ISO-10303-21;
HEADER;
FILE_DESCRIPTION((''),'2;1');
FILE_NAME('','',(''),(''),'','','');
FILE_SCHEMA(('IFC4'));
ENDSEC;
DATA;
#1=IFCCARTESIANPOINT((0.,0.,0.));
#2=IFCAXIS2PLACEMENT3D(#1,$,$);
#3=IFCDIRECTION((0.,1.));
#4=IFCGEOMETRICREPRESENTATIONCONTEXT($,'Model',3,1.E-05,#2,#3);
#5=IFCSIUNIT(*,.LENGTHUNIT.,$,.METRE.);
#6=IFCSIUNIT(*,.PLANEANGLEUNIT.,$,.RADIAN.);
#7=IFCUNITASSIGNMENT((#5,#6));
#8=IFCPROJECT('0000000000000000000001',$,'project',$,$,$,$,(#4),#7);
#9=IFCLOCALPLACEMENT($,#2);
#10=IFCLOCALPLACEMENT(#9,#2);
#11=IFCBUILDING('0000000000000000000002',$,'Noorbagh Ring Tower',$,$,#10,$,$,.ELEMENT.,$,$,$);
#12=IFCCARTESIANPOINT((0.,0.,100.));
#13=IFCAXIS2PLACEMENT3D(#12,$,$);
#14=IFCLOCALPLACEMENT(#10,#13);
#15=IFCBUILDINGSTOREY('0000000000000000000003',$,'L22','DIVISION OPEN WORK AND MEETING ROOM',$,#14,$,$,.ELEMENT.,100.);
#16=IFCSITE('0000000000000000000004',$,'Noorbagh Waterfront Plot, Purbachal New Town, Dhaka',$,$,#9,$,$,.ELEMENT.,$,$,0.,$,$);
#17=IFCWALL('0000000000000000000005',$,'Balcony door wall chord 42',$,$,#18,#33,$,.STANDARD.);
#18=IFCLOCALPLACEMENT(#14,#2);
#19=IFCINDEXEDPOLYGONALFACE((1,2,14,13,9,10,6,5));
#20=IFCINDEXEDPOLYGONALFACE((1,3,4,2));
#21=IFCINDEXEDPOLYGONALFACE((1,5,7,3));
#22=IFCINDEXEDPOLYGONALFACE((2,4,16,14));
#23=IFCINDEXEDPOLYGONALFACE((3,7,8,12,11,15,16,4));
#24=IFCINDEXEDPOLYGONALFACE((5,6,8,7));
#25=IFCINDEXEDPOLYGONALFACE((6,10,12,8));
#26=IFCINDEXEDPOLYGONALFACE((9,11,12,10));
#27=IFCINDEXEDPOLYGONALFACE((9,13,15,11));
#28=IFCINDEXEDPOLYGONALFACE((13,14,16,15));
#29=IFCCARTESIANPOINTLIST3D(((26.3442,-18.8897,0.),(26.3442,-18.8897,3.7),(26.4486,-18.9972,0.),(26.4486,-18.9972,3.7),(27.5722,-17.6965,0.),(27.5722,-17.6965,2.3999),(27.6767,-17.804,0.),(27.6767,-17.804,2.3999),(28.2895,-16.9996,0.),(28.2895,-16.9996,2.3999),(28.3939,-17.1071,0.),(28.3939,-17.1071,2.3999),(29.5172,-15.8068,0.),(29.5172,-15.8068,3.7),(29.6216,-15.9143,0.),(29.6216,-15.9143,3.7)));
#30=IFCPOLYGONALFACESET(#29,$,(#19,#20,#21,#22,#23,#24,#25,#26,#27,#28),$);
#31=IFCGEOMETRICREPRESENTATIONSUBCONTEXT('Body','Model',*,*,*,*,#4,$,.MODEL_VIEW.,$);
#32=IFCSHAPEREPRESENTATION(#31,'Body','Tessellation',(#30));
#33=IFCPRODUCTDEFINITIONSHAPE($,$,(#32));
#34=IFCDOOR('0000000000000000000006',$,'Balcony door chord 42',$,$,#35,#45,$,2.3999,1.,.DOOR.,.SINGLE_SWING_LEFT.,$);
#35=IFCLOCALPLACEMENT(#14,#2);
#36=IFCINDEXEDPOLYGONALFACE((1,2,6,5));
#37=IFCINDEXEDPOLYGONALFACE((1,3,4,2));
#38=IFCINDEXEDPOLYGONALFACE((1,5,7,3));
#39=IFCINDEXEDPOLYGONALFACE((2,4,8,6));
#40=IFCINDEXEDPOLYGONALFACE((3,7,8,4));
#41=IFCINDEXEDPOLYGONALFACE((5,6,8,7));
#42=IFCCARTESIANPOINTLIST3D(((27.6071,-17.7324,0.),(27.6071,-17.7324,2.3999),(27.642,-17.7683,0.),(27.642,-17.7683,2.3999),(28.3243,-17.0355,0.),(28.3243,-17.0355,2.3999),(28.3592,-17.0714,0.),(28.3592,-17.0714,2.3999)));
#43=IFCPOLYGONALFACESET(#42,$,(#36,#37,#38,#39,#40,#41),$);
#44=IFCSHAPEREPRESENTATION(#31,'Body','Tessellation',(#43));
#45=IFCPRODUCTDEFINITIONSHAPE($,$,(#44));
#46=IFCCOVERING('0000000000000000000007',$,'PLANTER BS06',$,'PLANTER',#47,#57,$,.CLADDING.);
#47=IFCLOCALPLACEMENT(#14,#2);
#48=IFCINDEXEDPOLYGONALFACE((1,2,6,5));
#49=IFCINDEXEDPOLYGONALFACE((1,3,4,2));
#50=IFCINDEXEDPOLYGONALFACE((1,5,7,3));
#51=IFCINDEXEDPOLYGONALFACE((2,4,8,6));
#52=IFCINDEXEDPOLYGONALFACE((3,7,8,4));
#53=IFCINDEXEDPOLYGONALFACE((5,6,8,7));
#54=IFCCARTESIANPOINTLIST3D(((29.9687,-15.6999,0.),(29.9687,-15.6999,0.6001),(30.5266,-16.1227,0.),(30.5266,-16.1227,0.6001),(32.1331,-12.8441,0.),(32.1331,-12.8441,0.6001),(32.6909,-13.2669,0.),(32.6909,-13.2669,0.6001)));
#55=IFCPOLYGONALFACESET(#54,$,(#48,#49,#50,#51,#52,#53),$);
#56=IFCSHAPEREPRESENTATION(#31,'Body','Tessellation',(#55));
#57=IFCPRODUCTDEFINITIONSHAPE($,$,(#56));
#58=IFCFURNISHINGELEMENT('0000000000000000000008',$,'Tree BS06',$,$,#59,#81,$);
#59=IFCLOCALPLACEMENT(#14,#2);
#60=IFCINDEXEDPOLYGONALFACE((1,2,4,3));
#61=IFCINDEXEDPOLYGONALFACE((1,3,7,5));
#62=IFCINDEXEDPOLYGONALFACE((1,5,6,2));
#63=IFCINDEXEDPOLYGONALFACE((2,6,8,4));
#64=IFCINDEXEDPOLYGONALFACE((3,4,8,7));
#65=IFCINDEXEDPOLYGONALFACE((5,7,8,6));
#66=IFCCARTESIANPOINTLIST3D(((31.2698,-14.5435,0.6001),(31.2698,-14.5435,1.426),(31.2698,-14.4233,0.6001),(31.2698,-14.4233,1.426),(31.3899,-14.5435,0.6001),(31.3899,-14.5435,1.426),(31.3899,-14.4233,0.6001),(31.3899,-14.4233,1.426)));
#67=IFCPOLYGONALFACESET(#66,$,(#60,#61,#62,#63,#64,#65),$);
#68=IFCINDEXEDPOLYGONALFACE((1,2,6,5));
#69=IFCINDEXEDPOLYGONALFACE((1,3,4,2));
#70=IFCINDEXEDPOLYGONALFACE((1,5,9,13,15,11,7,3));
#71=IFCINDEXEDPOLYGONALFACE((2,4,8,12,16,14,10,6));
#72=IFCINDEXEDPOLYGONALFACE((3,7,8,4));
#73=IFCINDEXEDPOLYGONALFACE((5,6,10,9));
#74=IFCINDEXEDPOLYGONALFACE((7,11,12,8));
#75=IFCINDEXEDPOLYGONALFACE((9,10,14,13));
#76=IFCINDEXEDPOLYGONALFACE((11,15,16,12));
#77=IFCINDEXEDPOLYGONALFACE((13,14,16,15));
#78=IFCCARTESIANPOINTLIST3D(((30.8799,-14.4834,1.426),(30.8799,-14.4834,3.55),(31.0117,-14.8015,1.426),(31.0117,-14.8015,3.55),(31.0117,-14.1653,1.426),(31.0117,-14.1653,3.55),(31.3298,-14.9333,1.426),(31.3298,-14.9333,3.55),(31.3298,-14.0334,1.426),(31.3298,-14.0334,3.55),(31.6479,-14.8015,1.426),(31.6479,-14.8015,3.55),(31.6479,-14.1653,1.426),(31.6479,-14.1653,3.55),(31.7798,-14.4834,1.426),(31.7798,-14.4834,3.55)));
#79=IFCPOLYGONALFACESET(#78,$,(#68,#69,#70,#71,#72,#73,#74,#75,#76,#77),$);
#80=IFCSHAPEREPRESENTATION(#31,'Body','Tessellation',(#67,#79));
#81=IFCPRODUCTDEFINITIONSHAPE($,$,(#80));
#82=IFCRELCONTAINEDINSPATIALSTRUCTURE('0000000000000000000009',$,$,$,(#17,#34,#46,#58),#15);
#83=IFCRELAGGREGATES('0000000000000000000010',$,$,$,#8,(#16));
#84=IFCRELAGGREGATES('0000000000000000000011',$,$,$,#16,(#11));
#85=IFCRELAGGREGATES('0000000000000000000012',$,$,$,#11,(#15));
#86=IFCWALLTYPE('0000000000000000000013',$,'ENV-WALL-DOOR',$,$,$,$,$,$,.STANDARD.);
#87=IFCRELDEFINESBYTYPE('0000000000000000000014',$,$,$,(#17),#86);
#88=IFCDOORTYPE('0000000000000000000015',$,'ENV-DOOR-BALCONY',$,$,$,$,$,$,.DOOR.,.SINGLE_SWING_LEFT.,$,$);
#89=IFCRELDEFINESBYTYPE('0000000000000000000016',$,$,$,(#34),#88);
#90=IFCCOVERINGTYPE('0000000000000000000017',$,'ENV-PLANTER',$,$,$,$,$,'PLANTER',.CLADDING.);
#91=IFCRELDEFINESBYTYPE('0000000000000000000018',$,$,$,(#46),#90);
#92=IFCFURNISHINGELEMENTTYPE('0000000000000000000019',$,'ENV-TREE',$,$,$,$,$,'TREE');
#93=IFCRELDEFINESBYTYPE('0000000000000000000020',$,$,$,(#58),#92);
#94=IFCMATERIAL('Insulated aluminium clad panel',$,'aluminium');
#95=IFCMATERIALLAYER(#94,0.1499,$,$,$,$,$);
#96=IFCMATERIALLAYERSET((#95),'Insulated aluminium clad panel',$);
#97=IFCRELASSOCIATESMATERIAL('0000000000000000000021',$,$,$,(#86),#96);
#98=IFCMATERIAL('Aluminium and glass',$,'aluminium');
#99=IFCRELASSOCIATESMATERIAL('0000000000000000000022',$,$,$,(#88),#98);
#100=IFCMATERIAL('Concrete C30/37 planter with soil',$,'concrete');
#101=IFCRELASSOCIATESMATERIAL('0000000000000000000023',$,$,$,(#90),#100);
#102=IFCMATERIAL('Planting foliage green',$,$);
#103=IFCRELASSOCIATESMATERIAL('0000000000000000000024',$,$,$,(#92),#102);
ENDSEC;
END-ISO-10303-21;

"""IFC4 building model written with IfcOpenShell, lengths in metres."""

from ifc_helpers import new_model, si_unit, direction, frame, frame_2d, origin, origin_2d, place, context, subcontext, project, spatial, polyline, rectangle, outline, extrude, material, layer, layer_set, type_object, element, fill, save


model = new_model("IFC4")

# Units and contexts
model_context = context("Model", 3, precision=1e-05, world=origin(), true_north=direction((0.0, 1.0)))
body_context = subcontext(model_context, "Body", "Model", "MODEL_VIEW")
ifc_project = project(units=[si_unit("LENGTHUNIT", "METRE"), si_unit("PLANEANGLEUNIT", "RADIAN")], contexts=[model_context])

# Site, building, storey
site_placement = place(None, origin())
site = spatial("IfcSite", under=ifc_project, at=site_placement, Name="Noorbagh Waterfront Plot, Purbachal New Town, Dhaka", CompositionType="ELEMENT", RefElevation=0.0)
building_placement = place(site_placement, origin())
building = spatial("IfcBuilding", under=site, at=building_placement, Name="Noorbagh Ring Tower", CompositionType="ELEMENT")
storey_placement = place(building_placement, frame((0.0, 0.0, 100.0)))
storey = spatial("IfcBuildingStorey", under=building, at=storey_placement, Name="L22", Description="DIVISION OPEN WORK AND MEETING ROOM", CompositionType="ELEMENT", Elevation=100.0)

# Wall, opening, door
ifc_material_1 = material(Name="Insulated aluminium clad panel", Category="aluminium")
ifc_layer_1 = layer(ifc_material_1, 0.1499)
ifc_layer_set_1 = layer_set([ifc_layer_1], Name="Insulated aluminium clad panel")
wall_type_1 = type_object("IfcWallType", Name="ENV-WALL-DOOR", PredefinedType="STANDARD", material=ifc_layer_set_1)
wall_1_placement = place(storey_placement, frame((26.3965, -18.9434, 0.0), z_axis=(0.0, 0.0, 1.0), x_axis=(0.717215, 0.696852, 0.0)))
wall_1 = element("IfcWall", 1, at=wall_1_placement, inside=storey, type_object=wall_type_1, Name="Balcony door wall chord 42", PredefinedType="STANDARD", context=body_context, shape_type="SweptSolid", body=[
    extrude(rectangle(XDim=4.4241, YDim=0.1499, at=frame_2d((2.2119, 0.0))), origin(), (0.0, 0.0, 1.0), 3.7),
])
opening_placement = place(wall_1_placement, frame((1.7122, 0.0, 0.0)))
opening = element("IfcOpeningElement", 2, at=opening_placement, cuts=wall_1, PredefinedType="OPENING", context=body_context, shape_type="SweptSolid", body=[
    extrude(rectangle(XDim=1.0, YDim=2.3999, at=frame_2d((0.5, 1.2))), frame((0.0, 0.085, 0.0), z_axis=(0.0, -1.0, 0.0), x_axis=(1.0, 0.0, 0.0)), (0.0, 0.0, 1.0), 0.1699),
])
ifc_material_2 = material(Name="Aluminium and glass", Category="aluminium")
door_type = type_object("IfcDoorType", Name="ENV-DOOR-BALCONY", OperationType="SINGLE_SWING_LEFT", PredefinedType="DOOR", material=ifc_material_2)
door_placement = place(opening_placement, origin())
door = element("IfcDoor", 3, at=door_placement, inside=storey, type_object=door_type, Name="Balcony door chord 42", OperationType="SINGLE_SWING_LEFT", OverallHeight=2.3999, OverallWidth=1.0, PredefinedType="DOOR", context=body_context, shape_type="SweptSolid", body=[
    extrude(rectangle(XDim=1.0, YDim=2.3999, at=frame_2d((0.5, 1.2))), frame((0.0, 0.0249, 0.0), z_axis=(0.0, -1.0, 0.0), x_axis=(1.0, 0.0, 0.0)), (0.0, 0.0, 1.0), 0.05),
])
fill(opening, door)

# Covering
ifc_material_3 = material(Name="Concrete C30/37 planter with soil", Category="concrete")
covering_type = type_object("IfcCoveringType", Name="ENV-PLANTER", ElementType="PLANTER", PredefinedType="CLADDING", material=ifc_material_3)
covering_placement = place(storey_placement, frame((31.3298, -14.4834, 0.0), z_axis=(0.0, 0.0, 1.0), x_axis=(0.60402, 0.796969, 0.0)))
element("IfcCovering", 4, at=covering_placement, inside=storey, type_object=covering_type, Name="PLANTER BS06", ObjectType="PLANTER", PredefinedType="CLADDING", context=body_context, shape_type="SweptSolid", body=[
    extrude(rectangle(XDim=3.5833, YDim=0.7, at=origin_2d()), origin(), (0.0, 0.0, 1.0), 0.6001),
])

# Furnishing element
ifc_material_4 = material(Name="Planting foliage green")
furnishing_element_type = type_object("IfcFurnishingElementType", Name="ENV-TREE", ElementType="TREE", material=ifc_material_4)
furnishing_placement = place(storey_placement, frame((31.3298, -14.4834, 0.6001), z_axis=(0.0, 0.0, 1.0), x_axis=(1.0, 0.0, 0.0)))
element("IfcFurnishingElement", 5, at=furnishing_placement, inside=storey, type_object=furnishing_element_type, Name="Tree BS06", context=body_context, shape_type="SweptSolid", body=[
    extrude(rectangle(XDim=0.1201, YDim=0.1201, at=origin_2d()), origin(), (0.0, 0.0, 1.0), 0.8259),
    extrude(outline(polyline([(0.45, 0.0), (0.3181, 0.3181), (0.0, 0.45), (-0.3181, 0.3181), (-0.45, 0.0), (-0.3181, -0.3181), (0.0, -0.45), (0.3181, -0.3181), (0.45, 0.0)])), frame((0.0, 0.0, 0.8259)), (0.0, 0.0, 1.0), 2.124),
])

save(model, "model.ifc")
